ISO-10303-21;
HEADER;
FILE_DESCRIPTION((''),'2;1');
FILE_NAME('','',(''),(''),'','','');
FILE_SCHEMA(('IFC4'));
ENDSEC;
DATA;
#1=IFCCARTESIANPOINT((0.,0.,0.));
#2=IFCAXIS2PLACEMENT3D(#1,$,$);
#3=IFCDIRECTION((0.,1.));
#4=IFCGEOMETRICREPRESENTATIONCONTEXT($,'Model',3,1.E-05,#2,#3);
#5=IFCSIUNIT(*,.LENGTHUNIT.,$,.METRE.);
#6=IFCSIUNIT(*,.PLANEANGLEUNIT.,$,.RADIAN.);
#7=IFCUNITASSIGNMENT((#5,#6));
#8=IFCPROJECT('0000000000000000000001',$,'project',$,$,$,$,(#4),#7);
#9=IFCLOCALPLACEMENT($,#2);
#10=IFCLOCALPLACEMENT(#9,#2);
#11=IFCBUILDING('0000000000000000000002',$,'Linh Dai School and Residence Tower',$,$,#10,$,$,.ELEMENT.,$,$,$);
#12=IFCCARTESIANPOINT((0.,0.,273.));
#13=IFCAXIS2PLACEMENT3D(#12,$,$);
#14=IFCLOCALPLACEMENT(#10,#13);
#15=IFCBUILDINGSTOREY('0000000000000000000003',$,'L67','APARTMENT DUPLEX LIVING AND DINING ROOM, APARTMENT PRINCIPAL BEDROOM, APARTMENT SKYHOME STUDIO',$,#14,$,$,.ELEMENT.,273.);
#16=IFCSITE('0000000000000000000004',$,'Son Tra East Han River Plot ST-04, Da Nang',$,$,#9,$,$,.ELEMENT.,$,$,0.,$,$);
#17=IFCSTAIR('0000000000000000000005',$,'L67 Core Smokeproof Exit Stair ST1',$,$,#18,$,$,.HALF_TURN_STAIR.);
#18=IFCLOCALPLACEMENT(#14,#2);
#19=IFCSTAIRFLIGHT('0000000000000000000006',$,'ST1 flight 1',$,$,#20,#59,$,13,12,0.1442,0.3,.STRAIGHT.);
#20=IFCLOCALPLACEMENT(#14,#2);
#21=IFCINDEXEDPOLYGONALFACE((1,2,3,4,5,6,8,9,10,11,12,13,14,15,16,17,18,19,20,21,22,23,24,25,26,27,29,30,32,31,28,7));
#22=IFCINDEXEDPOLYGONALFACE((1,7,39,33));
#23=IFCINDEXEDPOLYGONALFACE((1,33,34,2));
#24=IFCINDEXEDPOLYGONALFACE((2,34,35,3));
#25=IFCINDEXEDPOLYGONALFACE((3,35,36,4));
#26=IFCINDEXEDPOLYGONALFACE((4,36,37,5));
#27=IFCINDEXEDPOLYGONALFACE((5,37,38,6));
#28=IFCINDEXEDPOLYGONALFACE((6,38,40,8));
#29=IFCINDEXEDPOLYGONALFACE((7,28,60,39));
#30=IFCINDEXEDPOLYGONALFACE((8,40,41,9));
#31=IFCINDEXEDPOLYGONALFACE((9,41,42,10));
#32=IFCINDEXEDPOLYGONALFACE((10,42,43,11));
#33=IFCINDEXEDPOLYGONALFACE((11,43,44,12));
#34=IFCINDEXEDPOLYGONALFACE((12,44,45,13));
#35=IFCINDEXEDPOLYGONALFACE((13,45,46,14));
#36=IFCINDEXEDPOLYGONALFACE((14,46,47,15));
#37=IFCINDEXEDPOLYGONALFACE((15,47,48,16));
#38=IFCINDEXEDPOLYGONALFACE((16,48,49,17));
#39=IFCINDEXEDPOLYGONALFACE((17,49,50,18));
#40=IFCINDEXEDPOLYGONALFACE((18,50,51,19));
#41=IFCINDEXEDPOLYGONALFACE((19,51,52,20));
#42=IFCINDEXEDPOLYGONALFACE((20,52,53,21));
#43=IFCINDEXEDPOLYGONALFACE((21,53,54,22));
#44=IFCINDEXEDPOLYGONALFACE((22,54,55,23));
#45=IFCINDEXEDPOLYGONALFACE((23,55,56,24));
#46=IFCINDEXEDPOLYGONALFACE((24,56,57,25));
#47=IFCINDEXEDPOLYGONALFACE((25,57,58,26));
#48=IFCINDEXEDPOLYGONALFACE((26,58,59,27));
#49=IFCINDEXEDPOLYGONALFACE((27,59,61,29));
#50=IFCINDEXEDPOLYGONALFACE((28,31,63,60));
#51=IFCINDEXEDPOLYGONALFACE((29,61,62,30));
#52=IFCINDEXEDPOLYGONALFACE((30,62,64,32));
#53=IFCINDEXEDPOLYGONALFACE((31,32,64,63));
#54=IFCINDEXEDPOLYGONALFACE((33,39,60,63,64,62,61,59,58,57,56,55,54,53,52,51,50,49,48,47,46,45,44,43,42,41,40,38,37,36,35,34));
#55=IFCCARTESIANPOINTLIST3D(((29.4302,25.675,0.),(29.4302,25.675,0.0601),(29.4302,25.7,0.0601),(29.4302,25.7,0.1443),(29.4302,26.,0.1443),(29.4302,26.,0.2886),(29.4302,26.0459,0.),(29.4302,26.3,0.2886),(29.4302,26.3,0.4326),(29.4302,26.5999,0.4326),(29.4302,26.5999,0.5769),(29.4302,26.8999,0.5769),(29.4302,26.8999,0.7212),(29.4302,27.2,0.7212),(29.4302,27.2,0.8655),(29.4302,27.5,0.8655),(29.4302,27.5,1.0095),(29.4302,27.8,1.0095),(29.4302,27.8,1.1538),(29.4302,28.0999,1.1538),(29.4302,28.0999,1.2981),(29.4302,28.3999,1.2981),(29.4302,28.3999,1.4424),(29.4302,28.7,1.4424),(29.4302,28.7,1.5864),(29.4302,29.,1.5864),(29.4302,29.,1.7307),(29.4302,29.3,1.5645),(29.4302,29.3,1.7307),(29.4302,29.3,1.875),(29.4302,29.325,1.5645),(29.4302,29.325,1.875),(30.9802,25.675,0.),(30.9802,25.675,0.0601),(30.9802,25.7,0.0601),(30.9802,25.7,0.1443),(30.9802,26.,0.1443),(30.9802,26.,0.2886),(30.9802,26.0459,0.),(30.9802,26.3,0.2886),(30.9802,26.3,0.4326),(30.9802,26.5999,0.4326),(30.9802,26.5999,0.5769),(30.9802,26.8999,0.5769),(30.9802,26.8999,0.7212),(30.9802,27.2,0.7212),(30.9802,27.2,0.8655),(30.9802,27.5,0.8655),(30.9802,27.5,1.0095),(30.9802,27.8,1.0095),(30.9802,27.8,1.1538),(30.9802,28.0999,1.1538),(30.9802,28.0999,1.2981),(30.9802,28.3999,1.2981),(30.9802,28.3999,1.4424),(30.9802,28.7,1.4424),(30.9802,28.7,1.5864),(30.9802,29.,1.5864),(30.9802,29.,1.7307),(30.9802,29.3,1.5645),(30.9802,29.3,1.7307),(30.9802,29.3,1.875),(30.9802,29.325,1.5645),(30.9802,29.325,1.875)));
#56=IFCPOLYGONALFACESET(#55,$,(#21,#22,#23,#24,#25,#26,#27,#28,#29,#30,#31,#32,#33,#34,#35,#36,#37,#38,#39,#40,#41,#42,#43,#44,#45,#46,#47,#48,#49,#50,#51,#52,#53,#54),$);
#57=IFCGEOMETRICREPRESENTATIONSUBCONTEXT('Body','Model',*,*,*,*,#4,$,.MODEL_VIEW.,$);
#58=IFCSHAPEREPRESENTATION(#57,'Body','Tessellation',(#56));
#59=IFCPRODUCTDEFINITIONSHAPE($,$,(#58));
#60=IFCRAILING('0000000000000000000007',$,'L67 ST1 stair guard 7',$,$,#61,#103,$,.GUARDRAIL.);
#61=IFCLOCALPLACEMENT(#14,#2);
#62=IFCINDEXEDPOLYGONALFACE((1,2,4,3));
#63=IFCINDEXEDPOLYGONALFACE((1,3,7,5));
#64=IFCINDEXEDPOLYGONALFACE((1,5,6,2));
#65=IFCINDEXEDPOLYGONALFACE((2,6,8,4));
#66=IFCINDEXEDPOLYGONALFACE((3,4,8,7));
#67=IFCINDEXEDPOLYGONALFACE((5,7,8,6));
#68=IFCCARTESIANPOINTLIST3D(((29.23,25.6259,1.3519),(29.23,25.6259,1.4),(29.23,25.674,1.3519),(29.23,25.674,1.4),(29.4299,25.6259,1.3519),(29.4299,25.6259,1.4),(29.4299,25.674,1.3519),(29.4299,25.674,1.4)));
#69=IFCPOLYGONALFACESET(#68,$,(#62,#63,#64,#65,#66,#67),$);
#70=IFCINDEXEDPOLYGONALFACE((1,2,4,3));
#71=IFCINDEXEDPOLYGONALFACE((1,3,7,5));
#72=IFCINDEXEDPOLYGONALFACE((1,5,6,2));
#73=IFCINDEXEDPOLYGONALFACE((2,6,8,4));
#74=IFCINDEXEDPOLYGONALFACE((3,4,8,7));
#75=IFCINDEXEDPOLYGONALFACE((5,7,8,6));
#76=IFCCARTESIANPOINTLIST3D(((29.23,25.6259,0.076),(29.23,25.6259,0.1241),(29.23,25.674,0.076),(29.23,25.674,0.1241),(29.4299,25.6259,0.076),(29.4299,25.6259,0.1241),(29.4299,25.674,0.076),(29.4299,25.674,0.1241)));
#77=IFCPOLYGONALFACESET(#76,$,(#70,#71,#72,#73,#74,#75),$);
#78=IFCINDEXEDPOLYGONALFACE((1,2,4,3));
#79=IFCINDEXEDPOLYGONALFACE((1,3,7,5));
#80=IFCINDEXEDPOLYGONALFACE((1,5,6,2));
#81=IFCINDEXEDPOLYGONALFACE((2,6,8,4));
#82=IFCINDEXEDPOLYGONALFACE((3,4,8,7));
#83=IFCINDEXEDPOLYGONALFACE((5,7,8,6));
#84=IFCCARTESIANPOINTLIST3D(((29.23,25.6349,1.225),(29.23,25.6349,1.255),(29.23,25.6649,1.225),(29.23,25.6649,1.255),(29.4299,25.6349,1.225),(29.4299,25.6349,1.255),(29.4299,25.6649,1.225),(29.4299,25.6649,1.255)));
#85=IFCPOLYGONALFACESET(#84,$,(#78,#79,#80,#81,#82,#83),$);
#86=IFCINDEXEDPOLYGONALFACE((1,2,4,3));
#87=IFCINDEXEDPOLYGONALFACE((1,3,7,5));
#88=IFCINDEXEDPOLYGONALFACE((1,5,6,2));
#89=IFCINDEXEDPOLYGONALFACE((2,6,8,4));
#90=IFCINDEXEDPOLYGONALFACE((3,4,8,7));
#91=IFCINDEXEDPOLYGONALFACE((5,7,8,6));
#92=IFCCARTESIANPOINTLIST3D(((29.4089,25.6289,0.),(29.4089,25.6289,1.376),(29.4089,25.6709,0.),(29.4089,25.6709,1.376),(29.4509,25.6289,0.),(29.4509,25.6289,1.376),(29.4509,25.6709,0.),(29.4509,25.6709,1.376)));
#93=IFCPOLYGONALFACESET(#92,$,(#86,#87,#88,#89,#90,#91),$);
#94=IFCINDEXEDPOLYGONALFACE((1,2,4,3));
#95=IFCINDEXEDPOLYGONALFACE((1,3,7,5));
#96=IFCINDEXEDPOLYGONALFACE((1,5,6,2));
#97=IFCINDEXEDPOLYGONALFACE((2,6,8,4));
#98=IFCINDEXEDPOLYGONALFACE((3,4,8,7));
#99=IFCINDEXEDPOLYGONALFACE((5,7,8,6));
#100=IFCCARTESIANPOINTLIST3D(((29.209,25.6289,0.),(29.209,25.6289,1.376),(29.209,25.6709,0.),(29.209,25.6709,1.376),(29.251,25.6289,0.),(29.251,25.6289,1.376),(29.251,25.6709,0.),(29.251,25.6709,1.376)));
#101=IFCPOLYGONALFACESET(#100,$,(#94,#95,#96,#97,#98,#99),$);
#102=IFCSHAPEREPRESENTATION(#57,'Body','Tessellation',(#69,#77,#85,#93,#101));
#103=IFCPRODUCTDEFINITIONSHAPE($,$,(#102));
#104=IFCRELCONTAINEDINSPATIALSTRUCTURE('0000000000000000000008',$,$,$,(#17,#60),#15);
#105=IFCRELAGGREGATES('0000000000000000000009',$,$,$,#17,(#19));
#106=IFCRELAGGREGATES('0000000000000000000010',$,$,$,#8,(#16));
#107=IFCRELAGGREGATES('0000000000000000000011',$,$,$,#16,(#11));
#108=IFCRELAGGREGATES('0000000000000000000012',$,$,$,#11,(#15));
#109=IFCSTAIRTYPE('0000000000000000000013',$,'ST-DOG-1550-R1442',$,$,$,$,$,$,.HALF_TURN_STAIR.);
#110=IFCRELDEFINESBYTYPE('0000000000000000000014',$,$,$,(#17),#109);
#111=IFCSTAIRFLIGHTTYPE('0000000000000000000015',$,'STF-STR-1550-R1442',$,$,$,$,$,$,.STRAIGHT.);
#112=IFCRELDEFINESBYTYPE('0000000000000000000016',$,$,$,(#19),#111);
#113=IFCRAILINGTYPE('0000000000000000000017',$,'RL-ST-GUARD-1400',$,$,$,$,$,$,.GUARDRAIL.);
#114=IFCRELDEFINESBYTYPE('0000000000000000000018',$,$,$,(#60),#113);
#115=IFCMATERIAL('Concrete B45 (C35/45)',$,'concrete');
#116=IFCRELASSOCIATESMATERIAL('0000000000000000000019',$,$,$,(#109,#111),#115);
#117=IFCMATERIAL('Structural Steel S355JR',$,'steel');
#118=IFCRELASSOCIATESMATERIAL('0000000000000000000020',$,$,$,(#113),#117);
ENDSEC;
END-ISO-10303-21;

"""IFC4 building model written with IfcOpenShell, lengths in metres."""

from ifc_helpers import new_model, si_unit, direction, frame, origin, origin_2d, place, context, subcontext, project, spatial, polyline, rectangle, outline, extrude, source, transform, mapped, material, type_object, element, aggregate, save


model = new_model("IFC4")

# Units and contexts
model_context = context("Model", 3, precision=1e-05, world=origin(), true_north=direction((0.0, 1.0)))
body_context = subcontext(model_context, "Body", "Model", "MODEL_VIEW")
ifc_project = project(units=[si_unit("LENGTHUNIT", "METRE"), si_unit("PLANEANGLEUNIT", "RADIAN")], contexts=[model_context])

# Site, building, storey
site_placement = place(None, origin())
site = spatial("IfcSite", under=ifc_project, at=site_placement, Name="Son Tra East Han River Plot ST-04, Da Nang", CompositionType="ELEMENT", RefElevation=0.0)
building_placement = place(site_placement, origin())
building = spatial("IfcBuilding", under=site, at=building_placement, Name="Linh Dai School and Residence Tower", CompositionType="ELEMENT")
storey_placement = place(building_placement, frame((0.0, 0.0, 273.0)))
storey = spatial("IfcBuildingStorey", under=building, at=storey_placement, Name="L67", Description="APARTMENT DUPLEX LIVING AND DINING ROOM, APARTMENT PRINCIPAL BEDROOM, APARTMENT SKYHOME STUDIO", CompositionType="ELEMENT", Elevation=273.0)

# Shared definitions
ifc_material_1 = material(Name="Structural Steel S355JR", Category="steel")

# Shared definitions
ifc_material_2 = material(Name="Concrete B45 (C35/45)", Category="concrete")

# Stair, stair flight
stair_type = type_object("IfcStairType", Name="ST-DOG-1550-R1442", PredefinedType="HALF_TURN_STAIR", material=ifc_material_2)
stair_placement = place(storey_placement, origin())
stair = element("IfcStair", 1, at=stair_placement, inside=storey, type_object=stair_type, Name="L67 Core Smokeproof Exit Stair ST1", PredefinedType="HALF_TURN_STAIR")
stair_flight_type = type_object("IfcStairFlightType", Name="STF-STR-1550-R1442", PredefinedType="STRAIGHT", material=ifc_material_2)
shared_shape_1 = source(origin(), body_context, "Body", "SweptSolid", [
    extrude(outline(polyline([(-0.0249, 0.0), (-0.0249, 0.0601), (0.0, 0.0601), (0.0, 0.1443), (0.3, 0.1443), (0.3, 0.2886), (0.6001, 0.2886), (0.6001, 0.4326), (0.8999, 0.4326), (0.8999, 0.5769), (1.2, 0.5769), (1.2, 0.7212), (1.5, 0.7212), (1.5, 0.8655), (1.8, 0.8655), (1.8, 1.0095), (2.1001, 1.0095), (2.1001, 1.1538), (2.3999, 1.1538), (2.3999, 1.2981), (2.7, 1.2981), (2.7, 1.4424), (3.0, 1.4424), (3.0, 1.5864), (3.3, 1.5864), (3.3, 1.7307), (3.6001, 1.7307), (3.6001, 1.875), (3.625, 1.875), (3.625, 1.5645), (3.6001, 1.5645), (0.3459, 0.0), (-0.0249, 0.0)])), frame((0.0, 0.7749, 0.0), z_axis=(0.0, -1.0, 0.0), x_axis=(1.0, 0.0, 0.0)), (0.0, 0.0, 1.0), 1.55),
])
stair_flight_placement = place(storey_placement, frame((30.2051, 25.7, 0.0), z_axis=(0.0, 0.0, 1.0), x_axis=(0.0, 1.0, 0.0)))
stair_flight = element("IfcStairFlight", 2, at=stair_flight_placement, type_object=stair_flight_type, Name="ST1 flight 1", NumberOfRisers=13, NumberOfTreads=12, PredefinedType="STRAIGHT", RiserHeight=0.1442, TreadLength=0.3, context=body_context, shape_type="MappedRepresentation", body=[
    mapped(shared_shape_1, transform((0.0, 0.0, 0.0), x_axis=(1.0, 0.0, 0.0), y_axis=(0.0, 1.0, 0.0), z_axis=(0.0, 0.0, 1.0), scale=1.0)),
])
aggregate(stair, [stair_flight])

# Railing
railing_type_1 = type_object("IfcRailingType", Name="RL-ST-GUARD-1400", PredefinedType="GUARDRAIL", material=ifc_material_1)
shared_shape_2 = source(origin(), body_context, "Body", "SweptSolid", [
    extrude(rectangle(XDim=0.0481, YDim=0.0481, at=origin_2d()), frame((0.0, 0.0, 1.376), z_axis=(-1.0, 0.0, 0.0), x_axis=(0.0, -1.0, 0.0)), (0.0, 0.0, 1.0), 0.2),
    extrude(rectangle(XDim=0.0481, YDim=0.0481, at=origin_2d()), frame((0.0, 0.0, 0.1001), z_axis=(-1.0, 0.0, 0.0), x_axis=(0.0, -1.0, 0.0)), (0.0, 0.0, 1.0), 0.2),
    extrude(rectangle(XDim=0.03, YDim=0.03, at=origin_2d()), frame((0.0, 0.0, 1.24), z_axis=(-1.0, 0.0, 0.0), x_axis=(0.0, -1.0, 0.0)), (0.0, 0.0, 1.0), 0.2),
    extrude(rectangle(XDim=0.042, YDim=0.042, at=origin_2d()), origin(), (0.0, 0.0, 1.0), 1.376),
    extrude(rectangle(XDim=0.042, YDim=0.042, at=origin_2d()), frame((-0.2, 0.0, 0.0)), (0.0, 0.0, 1.0), 1.376),
])
railing_1_placement = place(storey_placement, frame((29.4299, 25.6499, 0.0)))
element("IfcRailing", 3, at=railing_1_placement, inside=storey, type_object=railing_type_1, Name="L67 ST1 stair guard 7", PredefinedType="GUARDRAIL", context=body_context, shape_type="MappedRepresentation", body=[
    mapped(shared_shape_2, transform((0.0, 0.0, 0.0), x_axis=(1.0, 0.0, 0.0), y_axis=(0.0, 1.0, 0.0), z_axis=(0.0, 0.0, 1.0), scale=1.0)),
])

save(model, "model.ifc")
